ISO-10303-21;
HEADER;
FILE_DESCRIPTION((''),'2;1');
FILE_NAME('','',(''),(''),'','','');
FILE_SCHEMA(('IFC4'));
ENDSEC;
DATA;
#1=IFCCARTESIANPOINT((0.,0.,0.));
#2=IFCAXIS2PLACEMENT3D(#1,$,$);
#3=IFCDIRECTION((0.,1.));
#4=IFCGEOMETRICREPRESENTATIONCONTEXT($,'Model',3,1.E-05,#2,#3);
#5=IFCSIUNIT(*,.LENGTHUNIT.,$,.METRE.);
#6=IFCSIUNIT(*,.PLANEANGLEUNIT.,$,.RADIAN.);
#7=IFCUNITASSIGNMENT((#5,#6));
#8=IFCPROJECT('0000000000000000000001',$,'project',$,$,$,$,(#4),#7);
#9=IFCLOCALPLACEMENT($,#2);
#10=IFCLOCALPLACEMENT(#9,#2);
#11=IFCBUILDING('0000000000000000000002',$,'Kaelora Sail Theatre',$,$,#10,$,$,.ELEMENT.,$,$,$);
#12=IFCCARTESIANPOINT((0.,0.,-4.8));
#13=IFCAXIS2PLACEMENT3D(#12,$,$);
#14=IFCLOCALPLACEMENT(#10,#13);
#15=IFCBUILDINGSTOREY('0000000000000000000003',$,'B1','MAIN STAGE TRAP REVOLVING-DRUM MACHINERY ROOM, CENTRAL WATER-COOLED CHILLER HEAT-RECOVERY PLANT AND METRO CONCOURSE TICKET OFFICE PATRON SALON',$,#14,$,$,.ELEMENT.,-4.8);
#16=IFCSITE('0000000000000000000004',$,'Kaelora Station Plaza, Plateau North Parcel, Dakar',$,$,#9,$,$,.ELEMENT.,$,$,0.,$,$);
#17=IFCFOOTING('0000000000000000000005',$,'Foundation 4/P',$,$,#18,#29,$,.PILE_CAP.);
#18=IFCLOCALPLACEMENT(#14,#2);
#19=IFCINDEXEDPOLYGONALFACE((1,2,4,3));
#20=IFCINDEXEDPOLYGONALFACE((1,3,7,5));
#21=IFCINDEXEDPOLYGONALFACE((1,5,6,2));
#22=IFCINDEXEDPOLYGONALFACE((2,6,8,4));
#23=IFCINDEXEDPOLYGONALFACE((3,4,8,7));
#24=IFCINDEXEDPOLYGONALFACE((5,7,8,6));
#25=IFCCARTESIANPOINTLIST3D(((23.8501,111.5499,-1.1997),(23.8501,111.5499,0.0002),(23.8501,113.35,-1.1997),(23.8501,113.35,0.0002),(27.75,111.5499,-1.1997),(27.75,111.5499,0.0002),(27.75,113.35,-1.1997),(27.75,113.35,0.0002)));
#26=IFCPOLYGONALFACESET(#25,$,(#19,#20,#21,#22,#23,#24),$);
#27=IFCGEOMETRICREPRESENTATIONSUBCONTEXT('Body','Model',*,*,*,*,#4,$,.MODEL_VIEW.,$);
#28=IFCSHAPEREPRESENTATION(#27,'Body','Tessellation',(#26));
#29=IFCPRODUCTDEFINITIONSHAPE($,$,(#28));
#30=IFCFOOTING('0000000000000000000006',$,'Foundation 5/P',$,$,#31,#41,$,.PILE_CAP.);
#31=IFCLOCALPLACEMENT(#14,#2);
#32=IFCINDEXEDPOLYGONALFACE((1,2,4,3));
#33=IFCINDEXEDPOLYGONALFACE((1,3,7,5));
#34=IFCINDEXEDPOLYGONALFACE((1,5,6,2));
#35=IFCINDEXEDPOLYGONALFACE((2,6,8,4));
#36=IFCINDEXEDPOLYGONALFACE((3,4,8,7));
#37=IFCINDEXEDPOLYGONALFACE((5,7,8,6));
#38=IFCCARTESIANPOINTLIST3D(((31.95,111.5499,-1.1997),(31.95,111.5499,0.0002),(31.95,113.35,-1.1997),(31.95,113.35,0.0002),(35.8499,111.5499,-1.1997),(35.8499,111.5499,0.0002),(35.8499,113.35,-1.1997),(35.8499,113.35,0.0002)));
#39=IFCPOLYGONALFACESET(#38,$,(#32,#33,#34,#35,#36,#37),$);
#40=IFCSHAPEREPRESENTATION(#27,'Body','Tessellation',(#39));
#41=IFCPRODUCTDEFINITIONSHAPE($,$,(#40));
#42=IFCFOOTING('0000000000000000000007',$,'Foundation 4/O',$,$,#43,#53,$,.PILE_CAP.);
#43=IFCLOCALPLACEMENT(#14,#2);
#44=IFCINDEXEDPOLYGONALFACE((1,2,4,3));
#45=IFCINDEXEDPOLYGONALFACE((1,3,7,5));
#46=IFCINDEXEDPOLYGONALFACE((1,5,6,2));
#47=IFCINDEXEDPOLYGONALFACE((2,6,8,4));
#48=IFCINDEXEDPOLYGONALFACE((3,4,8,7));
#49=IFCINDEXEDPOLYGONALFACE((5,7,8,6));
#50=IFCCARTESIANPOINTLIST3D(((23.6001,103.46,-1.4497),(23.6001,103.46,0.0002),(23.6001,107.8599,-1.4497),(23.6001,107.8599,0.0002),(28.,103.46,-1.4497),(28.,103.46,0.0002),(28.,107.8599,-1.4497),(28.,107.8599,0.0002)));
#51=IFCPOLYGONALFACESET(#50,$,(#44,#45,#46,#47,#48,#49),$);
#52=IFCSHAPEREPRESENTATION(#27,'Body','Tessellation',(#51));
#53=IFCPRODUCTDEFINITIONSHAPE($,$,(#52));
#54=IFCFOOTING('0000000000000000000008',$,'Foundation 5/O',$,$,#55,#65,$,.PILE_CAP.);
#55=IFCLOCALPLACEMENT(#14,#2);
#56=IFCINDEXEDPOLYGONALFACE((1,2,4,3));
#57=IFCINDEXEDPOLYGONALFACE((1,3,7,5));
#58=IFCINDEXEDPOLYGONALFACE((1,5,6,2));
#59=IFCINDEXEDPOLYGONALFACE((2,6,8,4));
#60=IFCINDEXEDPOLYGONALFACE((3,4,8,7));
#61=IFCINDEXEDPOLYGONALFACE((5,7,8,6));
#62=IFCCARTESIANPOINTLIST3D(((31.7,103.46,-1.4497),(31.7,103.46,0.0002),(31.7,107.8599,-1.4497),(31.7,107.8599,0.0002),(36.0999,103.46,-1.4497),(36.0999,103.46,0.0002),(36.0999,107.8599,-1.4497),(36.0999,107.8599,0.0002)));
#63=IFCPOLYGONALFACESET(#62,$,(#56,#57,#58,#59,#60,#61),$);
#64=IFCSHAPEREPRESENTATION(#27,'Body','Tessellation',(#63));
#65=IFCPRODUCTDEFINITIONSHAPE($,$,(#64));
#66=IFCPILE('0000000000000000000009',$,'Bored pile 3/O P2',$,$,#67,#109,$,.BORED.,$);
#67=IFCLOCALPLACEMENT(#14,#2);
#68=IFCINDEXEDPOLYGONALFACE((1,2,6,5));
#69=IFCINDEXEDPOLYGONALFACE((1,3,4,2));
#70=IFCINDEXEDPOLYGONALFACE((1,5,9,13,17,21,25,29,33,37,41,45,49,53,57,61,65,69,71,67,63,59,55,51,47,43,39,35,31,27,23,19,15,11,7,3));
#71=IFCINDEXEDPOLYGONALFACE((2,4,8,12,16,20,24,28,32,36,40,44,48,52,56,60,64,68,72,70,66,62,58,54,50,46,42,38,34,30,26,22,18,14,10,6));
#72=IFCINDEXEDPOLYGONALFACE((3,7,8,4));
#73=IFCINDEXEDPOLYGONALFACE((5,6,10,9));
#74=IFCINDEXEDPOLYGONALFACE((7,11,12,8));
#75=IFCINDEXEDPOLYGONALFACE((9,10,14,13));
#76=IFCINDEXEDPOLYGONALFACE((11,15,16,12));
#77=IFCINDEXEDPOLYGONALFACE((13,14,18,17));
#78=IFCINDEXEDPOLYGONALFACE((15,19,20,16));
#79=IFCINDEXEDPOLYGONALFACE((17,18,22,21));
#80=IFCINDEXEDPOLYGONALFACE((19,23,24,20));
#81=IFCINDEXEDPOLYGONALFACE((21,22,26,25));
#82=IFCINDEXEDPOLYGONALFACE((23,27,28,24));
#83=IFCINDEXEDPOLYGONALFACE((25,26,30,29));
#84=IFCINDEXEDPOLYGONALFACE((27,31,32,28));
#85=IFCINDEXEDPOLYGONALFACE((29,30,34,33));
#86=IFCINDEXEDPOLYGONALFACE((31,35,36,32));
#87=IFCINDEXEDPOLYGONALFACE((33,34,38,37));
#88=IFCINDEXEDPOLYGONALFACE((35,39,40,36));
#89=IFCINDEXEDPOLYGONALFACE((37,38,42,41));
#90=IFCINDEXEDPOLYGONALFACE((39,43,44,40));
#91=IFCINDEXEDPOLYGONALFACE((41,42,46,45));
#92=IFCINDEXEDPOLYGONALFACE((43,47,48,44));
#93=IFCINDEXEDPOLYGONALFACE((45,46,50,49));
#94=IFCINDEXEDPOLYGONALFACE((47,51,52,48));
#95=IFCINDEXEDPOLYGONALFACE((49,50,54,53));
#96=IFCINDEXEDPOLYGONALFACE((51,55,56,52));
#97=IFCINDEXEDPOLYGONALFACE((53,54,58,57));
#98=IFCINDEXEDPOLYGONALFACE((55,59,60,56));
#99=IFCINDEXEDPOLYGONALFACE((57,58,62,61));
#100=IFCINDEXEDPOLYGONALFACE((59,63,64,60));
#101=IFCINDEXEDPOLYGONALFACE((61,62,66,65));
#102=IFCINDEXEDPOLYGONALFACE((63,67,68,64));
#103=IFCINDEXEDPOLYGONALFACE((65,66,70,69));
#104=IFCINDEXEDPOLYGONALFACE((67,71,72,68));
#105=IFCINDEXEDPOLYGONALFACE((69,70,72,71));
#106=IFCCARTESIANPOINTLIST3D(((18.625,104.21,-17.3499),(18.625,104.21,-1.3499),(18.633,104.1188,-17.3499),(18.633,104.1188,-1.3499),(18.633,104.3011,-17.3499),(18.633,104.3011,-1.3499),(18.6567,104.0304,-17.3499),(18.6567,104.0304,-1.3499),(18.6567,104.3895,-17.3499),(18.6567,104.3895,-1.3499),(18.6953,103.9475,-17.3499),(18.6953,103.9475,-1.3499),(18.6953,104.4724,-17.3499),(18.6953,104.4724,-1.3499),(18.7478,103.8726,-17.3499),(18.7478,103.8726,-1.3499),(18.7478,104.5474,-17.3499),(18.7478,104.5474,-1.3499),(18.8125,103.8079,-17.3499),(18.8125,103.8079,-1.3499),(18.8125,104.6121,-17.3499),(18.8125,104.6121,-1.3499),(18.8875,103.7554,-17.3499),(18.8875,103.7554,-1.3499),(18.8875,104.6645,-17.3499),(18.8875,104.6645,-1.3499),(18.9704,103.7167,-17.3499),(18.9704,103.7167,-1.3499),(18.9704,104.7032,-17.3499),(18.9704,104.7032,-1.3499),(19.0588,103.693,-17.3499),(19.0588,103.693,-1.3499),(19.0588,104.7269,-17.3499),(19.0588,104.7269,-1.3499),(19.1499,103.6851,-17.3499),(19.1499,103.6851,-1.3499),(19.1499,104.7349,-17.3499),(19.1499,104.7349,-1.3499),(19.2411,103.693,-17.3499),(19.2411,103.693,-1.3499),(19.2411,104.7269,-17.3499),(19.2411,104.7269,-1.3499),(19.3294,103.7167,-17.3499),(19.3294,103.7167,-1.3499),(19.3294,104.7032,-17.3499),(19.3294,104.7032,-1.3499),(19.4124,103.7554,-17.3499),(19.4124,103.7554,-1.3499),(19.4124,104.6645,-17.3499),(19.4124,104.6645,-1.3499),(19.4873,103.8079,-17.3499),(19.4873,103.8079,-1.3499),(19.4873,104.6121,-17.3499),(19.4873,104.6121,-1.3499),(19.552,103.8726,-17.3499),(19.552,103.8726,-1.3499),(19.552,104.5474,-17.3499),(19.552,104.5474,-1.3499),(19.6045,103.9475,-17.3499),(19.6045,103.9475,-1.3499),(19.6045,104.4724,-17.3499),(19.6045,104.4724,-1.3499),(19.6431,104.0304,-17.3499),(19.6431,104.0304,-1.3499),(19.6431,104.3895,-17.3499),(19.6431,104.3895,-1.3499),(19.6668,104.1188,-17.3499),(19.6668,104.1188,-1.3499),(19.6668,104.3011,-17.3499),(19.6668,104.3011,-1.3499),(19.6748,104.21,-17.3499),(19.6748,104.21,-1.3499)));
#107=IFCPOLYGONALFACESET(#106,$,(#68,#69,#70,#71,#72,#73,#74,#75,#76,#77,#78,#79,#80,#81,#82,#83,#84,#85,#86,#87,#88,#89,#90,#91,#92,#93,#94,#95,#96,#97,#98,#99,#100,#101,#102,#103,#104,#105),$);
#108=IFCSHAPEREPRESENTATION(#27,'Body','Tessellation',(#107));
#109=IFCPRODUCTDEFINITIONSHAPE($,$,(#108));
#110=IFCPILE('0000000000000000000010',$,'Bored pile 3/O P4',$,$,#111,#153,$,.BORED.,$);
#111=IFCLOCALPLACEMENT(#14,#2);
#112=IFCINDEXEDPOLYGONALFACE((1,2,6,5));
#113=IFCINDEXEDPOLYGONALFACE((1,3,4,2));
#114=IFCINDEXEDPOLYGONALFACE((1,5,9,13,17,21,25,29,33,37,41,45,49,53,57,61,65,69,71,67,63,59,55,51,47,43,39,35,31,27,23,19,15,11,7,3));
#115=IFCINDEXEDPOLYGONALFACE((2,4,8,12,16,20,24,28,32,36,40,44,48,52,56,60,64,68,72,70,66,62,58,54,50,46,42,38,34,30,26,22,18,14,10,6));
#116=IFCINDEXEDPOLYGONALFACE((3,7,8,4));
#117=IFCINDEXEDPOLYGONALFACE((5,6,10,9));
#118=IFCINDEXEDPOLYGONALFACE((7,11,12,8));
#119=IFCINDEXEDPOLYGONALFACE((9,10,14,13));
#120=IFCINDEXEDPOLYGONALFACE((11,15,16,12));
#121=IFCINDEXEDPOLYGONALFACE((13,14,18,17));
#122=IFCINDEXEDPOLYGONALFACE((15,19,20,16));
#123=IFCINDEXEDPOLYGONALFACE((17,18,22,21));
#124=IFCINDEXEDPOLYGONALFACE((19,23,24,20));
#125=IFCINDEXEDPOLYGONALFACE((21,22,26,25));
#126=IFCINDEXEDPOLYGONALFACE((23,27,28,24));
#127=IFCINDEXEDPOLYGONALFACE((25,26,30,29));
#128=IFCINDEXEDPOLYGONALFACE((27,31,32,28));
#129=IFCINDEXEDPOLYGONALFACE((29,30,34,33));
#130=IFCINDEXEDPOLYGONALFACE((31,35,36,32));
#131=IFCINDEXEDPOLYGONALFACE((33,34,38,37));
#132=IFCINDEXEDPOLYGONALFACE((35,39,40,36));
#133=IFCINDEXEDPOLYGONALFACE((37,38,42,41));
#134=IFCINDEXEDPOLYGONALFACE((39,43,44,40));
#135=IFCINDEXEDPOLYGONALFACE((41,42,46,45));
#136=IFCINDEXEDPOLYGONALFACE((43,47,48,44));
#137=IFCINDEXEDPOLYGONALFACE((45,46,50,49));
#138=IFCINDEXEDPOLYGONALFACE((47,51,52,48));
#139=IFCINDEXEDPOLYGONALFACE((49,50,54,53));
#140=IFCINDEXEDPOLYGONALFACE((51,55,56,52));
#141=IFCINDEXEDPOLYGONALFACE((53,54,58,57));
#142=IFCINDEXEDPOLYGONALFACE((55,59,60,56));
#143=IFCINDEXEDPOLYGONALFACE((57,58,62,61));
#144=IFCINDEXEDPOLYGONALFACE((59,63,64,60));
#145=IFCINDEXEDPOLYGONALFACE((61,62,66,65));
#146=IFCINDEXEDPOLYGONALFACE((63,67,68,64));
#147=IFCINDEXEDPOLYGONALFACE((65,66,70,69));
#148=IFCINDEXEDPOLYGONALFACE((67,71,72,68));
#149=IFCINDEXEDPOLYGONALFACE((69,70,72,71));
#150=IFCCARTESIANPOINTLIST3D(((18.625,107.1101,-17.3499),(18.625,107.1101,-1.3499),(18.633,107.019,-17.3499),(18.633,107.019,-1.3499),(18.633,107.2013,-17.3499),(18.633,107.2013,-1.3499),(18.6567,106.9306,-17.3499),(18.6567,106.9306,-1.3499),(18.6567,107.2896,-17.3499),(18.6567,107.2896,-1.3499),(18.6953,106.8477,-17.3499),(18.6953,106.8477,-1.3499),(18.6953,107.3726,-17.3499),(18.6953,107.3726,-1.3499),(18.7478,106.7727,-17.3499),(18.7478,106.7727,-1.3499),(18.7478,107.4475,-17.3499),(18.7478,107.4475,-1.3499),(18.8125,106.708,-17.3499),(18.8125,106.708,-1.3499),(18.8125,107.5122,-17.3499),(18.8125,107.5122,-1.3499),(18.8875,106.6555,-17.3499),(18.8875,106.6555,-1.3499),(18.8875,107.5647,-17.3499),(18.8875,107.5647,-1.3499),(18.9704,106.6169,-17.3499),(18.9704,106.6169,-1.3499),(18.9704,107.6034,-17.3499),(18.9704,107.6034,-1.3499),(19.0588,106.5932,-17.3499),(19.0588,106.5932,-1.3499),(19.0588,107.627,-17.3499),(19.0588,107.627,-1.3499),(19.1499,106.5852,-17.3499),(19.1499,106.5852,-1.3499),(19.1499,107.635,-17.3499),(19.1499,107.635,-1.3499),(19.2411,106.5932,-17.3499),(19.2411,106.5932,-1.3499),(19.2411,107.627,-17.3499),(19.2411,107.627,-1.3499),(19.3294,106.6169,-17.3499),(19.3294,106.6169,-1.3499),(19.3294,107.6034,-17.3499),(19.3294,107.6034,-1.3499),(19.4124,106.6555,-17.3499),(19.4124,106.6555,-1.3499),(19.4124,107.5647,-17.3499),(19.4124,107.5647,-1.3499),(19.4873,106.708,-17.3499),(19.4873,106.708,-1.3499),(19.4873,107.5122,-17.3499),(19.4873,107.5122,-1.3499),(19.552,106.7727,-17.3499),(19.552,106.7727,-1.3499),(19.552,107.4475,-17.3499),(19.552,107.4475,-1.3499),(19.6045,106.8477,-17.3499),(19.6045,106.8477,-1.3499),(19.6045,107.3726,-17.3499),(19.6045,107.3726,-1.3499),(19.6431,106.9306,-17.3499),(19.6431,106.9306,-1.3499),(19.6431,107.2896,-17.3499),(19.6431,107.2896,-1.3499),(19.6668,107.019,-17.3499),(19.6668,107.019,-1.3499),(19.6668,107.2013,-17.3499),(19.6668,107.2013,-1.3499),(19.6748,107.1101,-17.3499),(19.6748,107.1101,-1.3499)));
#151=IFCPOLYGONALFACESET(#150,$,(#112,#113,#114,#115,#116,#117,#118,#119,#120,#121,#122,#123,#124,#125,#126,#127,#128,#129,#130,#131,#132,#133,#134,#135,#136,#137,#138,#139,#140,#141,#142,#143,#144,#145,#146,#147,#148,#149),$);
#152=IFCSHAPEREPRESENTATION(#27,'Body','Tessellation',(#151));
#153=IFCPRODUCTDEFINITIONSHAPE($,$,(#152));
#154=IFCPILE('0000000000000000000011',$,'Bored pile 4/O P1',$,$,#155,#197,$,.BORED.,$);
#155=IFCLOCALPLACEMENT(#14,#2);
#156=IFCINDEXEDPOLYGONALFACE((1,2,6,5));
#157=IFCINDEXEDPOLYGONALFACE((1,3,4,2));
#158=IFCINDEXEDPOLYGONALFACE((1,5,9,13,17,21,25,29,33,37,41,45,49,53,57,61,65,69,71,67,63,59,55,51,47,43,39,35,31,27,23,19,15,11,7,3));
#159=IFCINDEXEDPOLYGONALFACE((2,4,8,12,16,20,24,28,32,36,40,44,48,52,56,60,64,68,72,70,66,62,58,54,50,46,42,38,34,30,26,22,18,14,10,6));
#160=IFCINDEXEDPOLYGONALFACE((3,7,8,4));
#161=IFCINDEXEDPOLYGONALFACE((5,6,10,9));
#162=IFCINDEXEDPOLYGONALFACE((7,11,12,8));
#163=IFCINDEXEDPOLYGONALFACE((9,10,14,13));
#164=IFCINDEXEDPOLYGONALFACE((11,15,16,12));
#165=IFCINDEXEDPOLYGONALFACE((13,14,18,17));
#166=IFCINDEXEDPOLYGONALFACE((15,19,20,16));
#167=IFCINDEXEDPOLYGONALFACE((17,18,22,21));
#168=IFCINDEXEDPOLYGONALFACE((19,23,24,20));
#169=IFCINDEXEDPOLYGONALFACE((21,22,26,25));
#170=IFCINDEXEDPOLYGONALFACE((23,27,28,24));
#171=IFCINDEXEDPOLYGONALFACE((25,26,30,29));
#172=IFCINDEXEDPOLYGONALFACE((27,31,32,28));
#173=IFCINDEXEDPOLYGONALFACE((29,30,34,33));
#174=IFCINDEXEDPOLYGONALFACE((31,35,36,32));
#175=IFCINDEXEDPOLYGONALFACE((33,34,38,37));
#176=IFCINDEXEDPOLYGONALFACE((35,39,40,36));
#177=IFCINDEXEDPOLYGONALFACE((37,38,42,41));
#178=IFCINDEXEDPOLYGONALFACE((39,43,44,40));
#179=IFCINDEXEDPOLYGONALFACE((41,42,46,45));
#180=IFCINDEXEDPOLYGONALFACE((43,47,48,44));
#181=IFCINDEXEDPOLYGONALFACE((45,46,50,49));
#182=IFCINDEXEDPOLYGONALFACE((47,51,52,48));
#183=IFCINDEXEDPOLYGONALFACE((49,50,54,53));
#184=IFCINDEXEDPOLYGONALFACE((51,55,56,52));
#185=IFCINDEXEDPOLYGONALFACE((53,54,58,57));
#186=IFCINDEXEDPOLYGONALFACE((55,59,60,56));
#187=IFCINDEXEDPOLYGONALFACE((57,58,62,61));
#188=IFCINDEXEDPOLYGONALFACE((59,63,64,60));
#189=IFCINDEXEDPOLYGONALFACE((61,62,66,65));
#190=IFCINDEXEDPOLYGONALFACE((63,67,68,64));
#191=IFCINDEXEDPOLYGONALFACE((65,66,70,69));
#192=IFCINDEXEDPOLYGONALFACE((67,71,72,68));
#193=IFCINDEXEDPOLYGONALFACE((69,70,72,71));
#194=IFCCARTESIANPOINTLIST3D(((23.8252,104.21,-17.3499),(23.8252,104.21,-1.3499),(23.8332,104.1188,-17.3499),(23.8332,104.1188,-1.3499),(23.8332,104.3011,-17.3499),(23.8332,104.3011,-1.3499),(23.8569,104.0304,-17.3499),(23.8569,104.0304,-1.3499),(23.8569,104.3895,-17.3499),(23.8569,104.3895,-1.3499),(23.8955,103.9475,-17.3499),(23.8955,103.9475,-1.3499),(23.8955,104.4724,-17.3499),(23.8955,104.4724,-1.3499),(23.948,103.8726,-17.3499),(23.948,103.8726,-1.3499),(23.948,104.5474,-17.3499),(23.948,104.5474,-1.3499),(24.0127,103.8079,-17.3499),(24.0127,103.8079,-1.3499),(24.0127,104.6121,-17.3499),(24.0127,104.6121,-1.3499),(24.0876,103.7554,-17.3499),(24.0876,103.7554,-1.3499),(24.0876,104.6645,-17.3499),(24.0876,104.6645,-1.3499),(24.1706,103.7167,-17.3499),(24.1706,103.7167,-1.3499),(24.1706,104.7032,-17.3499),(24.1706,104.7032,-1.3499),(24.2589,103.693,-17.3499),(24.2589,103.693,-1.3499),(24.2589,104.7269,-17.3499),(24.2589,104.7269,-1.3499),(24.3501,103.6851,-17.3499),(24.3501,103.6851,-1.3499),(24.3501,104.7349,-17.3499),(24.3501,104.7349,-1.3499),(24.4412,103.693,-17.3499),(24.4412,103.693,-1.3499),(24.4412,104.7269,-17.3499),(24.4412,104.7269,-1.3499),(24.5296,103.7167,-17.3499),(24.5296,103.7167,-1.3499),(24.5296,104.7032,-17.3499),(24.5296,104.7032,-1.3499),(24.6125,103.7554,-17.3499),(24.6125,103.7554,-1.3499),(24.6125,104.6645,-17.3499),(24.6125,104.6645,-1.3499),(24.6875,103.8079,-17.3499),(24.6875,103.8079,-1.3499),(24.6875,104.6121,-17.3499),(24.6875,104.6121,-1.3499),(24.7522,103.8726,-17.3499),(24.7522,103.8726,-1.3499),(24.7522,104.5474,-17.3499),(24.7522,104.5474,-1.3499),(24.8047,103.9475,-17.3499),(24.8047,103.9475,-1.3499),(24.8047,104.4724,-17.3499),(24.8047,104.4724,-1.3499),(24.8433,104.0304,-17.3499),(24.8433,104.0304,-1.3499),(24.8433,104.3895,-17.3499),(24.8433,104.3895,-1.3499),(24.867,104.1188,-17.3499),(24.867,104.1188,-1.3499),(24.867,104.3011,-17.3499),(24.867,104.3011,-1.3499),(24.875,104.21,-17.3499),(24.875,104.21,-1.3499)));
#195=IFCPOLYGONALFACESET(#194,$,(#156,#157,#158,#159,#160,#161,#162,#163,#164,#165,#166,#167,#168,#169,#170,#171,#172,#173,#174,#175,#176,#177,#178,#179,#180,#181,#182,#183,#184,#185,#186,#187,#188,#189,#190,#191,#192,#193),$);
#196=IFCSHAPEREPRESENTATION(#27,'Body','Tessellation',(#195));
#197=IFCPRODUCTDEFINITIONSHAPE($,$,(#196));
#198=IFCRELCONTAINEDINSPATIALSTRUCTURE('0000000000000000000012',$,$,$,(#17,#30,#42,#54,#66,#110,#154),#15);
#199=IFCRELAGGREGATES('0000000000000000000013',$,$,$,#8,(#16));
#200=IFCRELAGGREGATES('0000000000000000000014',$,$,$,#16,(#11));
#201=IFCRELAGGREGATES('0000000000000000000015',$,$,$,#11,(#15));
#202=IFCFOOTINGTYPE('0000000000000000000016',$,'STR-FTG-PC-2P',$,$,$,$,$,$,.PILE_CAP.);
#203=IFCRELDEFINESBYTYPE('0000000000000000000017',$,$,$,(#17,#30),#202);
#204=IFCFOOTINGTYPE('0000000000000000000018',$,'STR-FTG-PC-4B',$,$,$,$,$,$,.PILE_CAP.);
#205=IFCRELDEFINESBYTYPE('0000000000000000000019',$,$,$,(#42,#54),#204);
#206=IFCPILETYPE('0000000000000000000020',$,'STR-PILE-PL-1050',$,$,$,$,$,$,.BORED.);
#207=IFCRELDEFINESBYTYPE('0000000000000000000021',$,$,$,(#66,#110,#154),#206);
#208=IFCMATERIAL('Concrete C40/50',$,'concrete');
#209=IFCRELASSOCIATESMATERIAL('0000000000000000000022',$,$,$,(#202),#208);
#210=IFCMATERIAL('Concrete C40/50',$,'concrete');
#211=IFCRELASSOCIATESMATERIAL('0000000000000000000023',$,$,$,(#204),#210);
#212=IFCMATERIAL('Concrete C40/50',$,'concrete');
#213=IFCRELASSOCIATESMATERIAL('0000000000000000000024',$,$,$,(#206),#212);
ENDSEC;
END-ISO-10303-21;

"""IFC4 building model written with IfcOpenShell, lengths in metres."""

from ifc_helpers import new_model, si_unit, direction, frame, origin, origin_2d, place, context, subcontext, project, spatial, rectangle, circle, extrude, material, material_profile, profile_set, type_object, element, save


model = new_model("IFC4")

# Units and contexts
model_context = context("Model", 3, precision=1e-05, world=origin(), true_north=direction((0.0, 1.0)))
body_context = subcontext(model_context, "Body", "Model", "MODEL_VIEW")
ifc_project = project(units=[si_unit("LENGTHUNIT", "METRE"), si_unit("PLANEANGLEUNIT", "RADIAN")], contexts=[model_context])

# Site, building, storey
site_placement = place(None, origin())
site = spatial("IfcSite", under=ifc_project, at=site_placement, Name="Kaelora Station Plaza, Plateau North Parcel, Dakar", CompositionType="ELEMENT", RefElevation=0.0)
building_placement = place(site_placement, origin())
building = spatial("IfcBuilding", under=site, at=building_placement, Name="Kaelora Sail Theatre", CompositionType="ELEMENT")
storey_placement = place(building_placement, frame((0.0, 0.0, -4.8)))
storey = spatial("IfcBuildingStorey", under=building, at=storey_placement, Name="B1", Description="MAIN STAGE TRAP REVOLVING-DRUM MACHINERY ROOM, CENTRAL WATER-COOLED CHILLER HEAT-RECOVERY PLANT AND METRO CONCOURSE TICKET OFFICE PATRON SALON", CompositionType="ELEMENT", Elevation=-4.8)

# Footings
ifc_material_1 = material(Name="Concrete C40/50", Category="concrete")
footing_type_1 = type_object("IfcFootingType", Name="STR-FTG-PC-2P", PredefinedType="PILE_CAP", material=ifc_material_1)
for number, where, z_axis, x_axis, name in (
    (1, (25.8, 112.45, -1.1997), (0.0, 0.0, 1.0), (1.0, 0.0, 0.0), "Foundation 4/P"),
    (2, (33.8999, 112.45, -1.1997), (0.0, 0.0, 1.0), (1.0, 0.0, 0.0), "Foundation 5/P"),
):
    element("IfcFooting", number, at=place(storey_placement, frame(where, z_axis=z_axis, x_axis=x_axis)), inside=storey, type_object=footing_type_1, Name=name, PredefinedType="PILE_CAP", context=body_context, shape_type="SweptSolid", body=[
        extrude(rectangle(XDim=3.8999, YDim=1.8, at=origin_2d()), origin(), (0.0, 0.0, 1.0), 1.2),
    ])
ifc_material_2 = material(Name="Concrete C40/50", Category="concrete")
footing_type_2 = type_object("IfcFootingType", Name="STR-FTG-PC-4B", PredefinedType="PILE_CAP", material=ifc_material_2)
for number, where, z_axis, x_axis, name in (
    (3, (25.8, 105.6599, -1.4497), (0.0, 0.0, 1.0), (1.0, 0.0, 0.0), "Foundation 4/O"),
    (4, (33.8999, 105.6599, -1.4497), (0.0, 0.0, 1.0), (1.0, 0.0, 0.0), "Foundation 5/O"),
):
    element("IfcFooting", number, at=place(storey_placement, frame(where, z_axis=z_axis, x_axis=x_axis)), inside=storey, type_object=footing_type_2, Name=name, PredefinedType="PILE_CAP", context=body_context, shape_type="SweptSolid", body=[
        extrude(rectangle(XDim=4.3999, YDim=4.3999, at=origin_2d()), origin(), (0.0, 0.0, 1.0), 1.45),
    ])

# Piles
ifc_material_3 = material(Name="Concrete C40/50", Category="concrete")
ifc_material_profile_1 = material_profile(ifc_material_3, circle(Radius=0.5249, at=origin_2d()), Name="PILE D1050")
ifc_profile_set_1 = profile_set([ifc_material_profile_1], Name="Concrete C40/50")
pile_type_1 = type_object("IfcPileType", Name="STR-PILE-PL-1050", PredefinedType="BORED", material=ifc_profile_set_1)
for number, where, z_axis, x_axis, name in (
    (5, (19.1499, 104.21, -1.3499), (0.0, 0.0, -1.0), (1.0, 0.0, 0.0), "Bored pile 3/O P2"),
    (6, (19.1499, 107.1101, -1.3499), (0.0, 0.0, -1.0), (1.0, 0.0, 0.0), "Bored pile 3/O P4"),
    (7, (24.3501, 104.21, -1.3499), (0.0, 0.0, -1.0), (1.0, 0.0, 0.0), "Bored pile 4/O P1"),
):
    element("IfcPile", number, at=place(storey_placement, frame(where, z_axis=z_axis, x_axis=x_axis)), inside=storey, type_object=pile_type_1, Name=name, PredefinedType="BORED", context=body_context, shape_type="SweptSolid", body=[
        extrude(circle(Radius=0.5249, at=origin_2d()), origin(), (0.0, 0.0, 1.0), 16.0),
    ])

save(model, "model.ifc")
